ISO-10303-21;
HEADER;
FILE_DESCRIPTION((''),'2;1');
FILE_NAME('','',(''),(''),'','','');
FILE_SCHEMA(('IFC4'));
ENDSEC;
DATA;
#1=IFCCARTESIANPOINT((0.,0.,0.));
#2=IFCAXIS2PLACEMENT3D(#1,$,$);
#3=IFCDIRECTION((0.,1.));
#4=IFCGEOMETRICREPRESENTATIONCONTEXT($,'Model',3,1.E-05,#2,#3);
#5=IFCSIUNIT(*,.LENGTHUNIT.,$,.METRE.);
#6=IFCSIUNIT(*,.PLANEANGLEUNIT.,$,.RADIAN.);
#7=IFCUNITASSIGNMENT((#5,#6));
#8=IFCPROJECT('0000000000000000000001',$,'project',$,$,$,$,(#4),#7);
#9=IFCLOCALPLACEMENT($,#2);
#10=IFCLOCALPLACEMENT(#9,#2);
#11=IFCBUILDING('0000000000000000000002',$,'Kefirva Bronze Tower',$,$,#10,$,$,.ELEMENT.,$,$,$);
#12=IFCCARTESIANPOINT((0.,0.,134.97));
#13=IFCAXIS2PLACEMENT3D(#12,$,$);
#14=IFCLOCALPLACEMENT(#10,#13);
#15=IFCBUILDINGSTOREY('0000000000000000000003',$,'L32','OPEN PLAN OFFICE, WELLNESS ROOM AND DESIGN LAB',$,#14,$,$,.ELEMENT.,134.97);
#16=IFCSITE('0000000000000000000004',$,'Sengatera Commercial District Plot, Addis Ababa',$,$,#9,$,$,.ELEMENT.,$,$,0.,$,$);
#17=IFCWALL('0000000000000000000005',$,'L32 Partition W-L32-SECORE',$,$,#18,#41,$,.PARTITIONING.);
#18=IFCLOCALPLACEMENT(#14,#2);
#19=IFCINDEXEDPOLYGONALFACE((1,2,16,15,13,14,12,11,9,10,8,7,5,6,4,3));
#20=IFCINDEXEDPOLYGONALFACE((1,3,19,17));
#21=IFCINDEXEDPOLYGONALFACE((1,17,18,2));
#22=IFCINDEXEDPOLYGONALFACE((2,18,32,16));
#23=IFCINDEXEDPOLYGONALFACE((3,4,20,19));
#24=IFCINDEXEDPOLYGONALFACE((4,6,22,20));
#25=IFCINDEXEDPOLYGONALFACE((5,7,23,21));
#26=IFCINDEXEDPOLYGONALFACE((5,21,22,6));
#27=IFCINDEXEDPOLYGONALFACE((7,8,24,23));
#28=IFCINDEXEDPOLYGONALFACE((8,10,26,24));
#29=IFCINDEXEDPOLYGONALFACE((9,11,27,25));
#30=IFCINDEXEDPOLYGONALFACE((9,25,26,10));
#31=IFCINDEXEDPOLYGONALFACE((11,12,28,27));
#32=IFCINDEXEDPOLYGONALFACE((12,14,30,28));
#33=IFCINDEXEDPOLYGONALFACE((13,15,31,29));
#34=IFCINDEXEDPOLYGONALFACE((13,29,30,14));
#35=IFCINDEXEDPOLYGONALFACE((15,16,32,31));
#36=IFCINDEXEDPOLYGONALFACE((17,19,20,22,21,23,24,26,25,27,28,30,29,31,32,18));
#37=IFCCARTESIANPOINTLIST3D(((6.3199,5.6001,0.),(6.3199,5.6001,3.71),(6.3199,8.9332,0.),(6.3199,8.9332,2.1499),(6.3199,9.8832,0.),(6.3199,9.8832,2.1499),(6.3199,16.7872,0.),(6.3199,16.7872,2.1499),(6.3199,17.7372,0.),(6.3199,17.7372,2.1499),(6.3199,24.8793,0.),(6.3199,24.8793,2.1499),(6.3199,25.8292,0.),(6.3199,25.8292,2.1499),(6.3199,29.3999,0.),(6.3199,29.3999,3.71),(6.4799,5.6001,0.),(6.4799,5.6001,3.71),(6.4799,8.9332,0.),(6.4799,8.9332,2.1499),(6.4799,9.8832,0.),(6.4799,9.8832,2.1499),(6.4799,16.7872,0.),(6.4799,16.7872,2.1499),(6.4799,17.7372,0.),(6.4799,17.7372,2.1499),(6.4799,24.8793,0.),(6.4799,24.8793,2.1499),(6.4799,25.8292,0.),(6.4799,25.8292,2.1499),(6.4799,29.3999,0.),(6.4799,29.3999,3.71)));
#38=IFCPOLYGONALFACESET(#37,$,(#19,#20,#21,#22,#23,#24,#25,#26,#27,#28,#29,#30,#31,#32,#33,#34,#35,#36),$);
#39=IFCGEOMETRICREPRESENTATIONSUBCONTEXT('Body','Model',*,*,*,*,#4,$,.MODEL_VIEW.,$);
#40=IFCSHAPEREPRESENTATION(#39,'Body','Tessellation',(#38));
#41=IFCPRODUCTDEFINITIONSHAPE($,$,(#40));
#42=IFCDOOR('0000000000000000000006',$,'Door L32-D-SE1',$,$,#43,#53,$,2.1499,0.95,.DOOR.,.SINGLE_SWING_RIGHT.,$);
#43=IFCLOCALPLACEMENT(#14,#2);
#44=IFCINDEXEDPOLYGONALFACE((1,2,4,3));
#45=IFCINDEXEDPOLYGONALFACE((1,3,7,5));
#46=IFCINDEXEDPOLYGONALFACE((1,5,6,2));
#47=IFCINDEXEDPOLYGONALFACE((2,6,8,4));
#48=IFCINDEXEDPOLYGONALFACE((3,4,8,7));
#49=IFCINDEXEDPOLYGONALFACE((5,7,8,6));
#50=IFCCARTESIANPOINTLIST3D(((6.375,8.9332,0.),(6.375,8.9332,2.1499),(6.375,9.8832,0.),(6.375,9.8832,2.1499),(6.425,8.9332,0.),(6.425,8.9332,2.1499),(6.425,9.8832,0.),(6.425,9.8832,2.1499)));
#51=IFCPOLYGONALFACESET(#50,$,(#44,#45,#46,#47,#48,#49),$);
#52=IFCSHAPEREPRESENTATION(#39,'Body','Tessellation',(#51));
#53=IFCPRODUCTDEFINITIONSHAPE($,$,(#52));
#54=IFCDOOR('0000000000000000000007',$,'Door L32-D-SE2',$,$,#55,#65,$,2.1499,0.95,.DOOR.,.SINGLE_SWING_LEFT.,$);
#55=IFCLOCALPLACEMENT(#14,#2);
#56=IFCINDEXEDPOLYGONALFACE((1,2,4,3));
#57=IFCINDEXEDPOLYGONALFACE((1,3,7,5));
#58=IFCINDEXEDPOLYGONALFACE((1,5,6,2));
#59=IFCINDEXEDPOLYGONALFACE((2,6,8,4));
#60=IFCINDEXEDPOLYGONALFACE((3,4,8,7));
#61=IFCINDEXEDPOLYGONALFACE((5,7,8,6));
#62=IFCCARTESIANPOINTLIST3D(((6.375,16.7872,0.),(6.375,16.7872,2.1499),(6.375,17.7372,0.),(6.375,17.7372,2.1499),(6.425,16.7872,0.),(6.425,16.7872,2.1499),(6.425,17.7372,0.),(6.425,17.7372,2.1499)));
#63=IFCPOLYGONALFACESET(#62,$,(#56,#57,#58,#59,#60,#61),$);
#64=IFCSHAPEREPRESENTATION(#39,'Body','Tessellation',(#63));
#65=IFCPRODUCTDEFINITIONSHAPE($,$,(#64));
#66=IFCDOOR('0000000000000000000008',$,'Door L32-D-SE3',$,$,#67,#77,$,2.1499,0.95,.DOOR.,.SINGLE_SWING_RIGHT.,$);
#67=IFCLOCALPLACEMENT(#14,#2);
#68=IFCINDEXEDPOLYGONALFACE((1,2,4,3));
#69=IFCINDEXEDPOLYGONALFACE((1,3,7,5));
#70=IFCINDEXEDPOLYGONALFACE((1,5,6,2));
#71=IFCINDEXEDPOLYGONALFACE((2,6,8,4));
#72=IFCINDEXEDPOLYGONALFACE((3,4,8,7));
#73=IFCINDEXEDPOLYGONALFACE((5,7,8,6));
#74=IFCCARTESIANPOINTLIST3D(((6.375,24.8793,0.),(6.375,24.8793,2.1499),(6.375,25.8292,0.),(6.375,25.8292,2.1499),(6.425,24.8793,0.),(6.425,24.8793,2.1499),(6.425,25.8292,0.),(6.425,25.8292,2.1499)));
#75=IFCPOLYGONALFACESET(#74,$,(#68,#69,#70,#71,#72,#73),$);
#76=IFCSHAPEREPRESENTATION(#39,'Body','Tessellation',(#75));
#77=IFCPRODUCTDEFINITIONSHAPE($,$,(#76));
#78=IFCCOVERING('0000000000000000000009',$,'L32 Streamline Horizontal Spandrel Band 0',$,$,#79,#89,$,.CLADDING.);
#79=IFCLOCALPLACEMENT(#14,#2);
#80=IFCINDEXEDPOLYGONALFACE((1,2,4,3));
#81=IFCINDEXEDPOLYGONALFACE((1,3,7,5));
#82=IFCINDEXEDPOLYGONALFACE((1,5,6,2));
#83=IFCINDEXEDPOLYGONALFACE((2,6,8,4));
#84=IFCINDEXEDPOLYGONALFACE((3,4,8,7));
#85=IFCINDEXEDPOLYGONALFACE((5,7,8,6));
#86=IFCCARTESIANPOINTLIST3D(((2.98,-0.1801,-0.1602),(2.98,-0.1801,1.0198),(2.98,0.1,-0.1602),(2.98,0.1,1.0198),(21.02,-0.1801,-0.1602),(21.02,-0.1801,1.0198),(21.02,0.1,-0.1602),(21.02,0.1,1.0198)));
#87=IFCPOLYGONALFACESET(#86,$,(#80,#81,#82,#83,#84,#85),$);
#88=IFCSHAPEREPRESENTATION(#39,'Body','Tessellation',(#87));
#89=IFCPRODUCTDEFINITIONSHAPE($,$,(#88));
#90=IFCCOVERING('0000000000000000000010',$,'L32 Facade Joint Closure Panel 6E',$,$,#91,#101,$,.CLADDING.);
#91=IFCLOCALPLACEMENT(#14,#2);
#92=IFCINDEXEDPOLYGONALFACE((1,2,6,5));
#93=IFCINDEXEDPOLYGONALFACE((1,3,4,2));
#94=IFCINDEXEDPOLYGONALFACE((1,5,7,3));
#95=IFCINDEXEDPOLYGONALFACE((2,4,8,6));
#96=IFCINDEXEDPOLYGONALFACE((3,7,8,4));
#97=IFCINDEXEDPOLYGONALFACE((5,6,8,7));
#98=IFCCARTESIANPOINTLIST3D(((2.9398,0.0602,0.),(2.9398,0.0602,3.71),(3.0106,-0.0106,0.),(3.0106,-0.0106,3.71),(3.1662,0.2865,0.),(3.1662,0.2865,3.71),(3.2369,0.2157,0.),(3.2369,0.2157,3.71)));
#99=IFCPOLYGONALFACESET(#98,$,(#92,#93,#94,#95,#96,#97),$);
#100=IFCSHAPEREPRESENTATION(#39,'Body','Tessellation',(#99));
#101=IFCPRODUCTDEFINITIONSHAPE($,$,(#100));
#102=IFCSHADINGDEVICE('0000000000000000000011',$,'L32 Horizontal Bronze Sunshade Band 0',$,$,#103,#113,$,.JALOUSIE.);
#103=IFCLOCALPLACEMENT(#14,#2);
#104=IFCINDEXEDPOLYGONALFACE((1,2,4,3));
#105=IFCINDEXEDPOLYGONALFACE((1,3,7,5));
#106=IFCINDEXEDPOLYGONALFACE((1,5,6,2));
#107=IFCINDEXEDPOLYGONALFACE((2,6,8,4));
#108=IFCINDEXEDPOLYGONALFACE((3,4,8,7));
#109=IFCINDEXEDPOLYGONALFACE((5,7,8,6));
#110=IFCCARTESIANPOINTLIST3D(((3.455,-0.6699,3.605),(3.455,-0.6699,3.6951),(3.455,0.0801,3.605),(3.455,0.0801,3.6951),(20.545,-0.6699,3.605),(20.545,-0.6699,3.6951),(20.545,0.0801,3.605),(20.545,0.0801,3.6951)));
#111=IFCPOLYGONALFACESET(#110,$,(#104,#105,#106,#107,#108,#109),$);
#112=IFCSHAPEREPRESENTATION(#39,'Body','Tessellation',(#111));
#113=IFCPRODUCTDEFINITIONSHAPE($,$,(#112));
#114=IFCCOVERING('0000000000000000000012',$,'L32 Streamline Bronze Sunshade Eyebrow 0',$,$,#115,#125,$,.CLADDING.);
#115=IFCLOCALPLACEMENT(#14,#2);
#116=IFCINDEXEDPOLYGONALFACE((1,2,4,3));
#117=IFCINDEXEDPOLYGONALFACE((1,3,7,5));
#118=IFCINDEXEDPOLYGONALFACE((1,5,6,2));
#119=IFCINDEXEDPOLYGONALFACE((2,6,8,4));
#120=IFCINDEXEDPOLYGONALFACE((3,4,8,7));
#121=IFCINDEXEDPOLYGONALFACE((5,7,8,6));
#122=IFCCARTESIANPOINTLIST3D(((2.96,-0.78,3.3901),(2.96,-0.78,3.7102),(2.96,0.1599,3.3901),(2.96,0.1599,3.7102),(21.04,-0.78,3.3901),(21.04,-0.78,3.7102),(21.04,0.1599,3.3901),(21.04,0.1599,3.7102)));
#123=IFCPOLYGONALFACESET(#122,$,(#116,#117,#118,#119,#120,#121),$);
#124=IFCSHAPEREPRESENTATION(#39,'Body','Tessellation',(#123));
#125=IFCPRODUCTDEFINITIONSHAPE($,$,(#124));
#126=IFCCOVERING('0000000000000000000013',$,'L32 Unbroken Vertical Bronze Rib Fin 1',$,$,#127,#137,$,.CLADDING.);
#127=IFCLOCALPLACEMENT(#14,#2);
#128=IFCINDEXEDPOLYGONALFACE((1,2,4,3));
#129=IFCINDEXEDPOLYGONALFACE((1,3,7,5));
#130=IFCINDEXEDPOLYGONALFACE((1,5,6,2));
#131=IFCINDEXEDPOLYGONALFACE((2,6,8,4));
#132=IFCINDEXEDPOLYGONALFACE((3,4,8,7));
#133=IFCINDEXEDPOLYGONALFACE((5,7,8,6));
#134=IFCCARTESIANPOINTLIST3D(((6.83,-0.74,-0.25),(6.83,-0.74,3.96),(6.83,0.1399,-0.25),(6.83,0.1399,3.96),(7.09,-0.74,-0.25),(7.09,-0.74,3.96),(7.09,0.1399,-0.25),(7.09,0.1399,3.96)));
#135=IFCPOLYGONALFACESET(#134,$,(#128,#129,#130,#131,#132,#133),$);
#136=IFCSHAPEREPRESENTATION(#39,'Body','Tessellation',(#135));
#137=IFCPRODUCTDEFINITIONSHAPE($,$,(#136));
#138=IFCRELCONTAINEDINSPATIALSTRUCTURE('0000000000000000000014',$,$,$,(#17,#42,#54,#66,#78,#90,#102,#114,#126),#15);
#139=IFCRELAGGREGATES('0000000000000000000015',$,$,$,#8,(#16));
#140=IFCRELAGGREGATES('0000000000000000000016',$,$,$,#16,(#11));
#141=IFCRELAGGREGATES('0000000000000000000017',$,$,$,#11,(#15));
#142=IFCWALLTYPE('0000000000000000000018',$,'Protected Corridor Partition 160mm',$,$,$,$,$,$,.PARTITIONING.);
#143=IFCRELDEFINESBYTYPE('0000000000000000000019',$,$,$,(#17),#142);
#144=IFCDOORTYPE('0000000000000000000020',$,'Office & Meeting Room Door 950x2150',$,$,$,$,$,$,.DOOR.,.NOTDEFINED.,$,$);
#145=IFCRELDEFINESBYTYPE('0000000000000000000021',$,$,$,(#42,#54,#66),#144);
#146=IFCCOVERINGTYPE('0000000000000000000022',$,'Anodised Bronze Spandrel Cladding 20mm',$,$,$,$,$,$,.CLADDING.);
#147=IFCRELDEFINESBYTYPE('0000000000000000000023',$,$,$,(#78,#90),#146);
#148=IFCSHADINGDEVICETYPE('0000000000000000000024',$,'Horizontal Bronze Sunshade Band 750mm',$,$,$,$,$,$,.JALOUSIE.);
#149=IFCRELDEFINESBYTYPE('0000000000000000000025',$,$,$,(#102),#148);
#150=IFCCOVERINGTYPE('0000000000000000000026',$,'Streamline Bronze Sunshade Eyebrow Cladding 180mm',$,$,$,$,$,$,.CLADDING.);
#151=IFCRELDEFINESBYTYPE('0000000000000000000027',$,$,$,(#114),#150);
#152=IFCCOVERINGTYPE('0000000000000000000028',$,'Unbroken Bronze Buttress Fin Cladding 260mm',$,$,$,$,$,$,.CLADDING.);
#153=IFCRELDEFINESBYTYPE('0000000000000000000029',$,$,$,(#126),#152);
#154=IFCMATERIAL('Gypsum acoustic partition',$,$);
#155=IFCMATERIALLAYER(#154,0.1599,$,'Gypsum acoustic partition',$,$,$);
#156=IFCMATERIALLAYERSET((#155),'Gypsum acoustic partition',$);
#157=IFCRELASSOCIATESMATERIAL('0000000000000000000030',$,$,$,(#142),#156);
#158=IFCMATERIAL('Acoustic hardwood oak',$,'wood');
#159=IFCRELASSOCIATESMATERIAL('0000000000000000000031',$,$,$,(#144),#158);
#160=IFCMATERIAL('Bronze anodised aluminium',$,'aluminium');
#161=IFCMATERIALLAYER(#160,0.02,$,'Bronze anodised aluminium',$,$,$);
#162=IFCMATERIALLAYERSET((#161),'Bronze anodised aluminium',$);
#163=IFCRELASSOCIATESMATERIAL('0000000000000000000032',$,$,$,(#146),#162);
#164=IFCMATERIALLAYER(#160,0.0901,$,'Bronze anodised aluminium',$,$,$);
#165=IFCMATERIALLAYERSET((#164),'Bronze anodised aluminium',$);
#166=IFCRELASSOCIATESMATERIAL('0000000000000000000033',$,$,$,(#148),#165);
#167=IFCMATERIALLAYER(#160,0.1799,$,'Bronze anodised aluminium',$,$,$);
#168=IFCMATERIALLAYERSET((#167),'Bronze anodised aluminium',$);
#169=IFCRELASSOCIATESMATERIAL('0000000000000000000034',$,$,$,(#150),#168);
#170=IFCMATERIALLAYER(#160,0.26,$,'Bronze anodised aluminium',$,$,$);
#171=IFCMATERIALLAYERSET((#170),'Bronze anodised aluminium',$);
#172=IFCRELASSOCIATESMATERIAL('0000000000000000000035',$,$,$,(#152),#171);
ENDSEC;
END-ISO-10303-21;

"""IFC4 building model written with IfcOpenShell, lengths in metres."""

from ifc_helpers import new_model, si_unit, direction, frame, frame_2d, origin, origin_2d, place, context, subcontext, project, spatial, rectangle, extrude, material, layer, layer_set, type_object, element, fill, save


model = new_model("IFC4")

# Units and contexts
model_context = context("Model", 3, precision=1e-05, world=origin(), true_north=direction((0.0, 1.0)))
body_context = subcontext(model_context, "Body", "Model", "MODEL_VIEW")
ifc_project = project(units=[si_unit("LENGTHUNIT", "METRE"), si_unit("PLANEANGLEUNIT", "RADIAN")], contexts=[model_context])

# Site, building, storey
site_placement = place(None, origin())
site = spatial("IfcSite", under=ifc_project, at=site_placement, Name="Sengatera Commercial District Plot, Addis Ababa", CompositionType="ELEMENT", RefElevation=0.0)
building_placement = place(site_placement, origin())
building = spatial("IfcBuilding", under=site, at=building_placement, Name="Kefirva Bronze Tower", CompositionType="ELEMENT")
storey_placement = place(building_placement, frame((0.0, 0.0, 134.97)))
storey = spatial("IfcBuildingStorey", under=building, at=storey_placement, Name="L32", Description="OPEN PLAN OFFICE, WELLNESS ROOM AND DESIGN LAB", CompositionType="ELEMENT", Elevation=134.97)

# Shared definitions
ifc_material_1 = material(Name="Bronze anodised aluminium", Category="aluminium")

# Shared definitions
ifc_material_2 = material(Name="Gypsum acoustic partition")

# Wall, openings, doors
ifc_layer_1 = layer(ifc_material_2, 0.1599, Name="Gypsum acoustic partition")
ifc_layer_set_1 = layer_set([ifc_layer_1], Name="Gypsum acoustic partition")
wall_type_1 = type_object("IfcWallType", Name="Protected Corridor Partition 160mm", PredefinedType="PARTITIONING", material=ifc_layer_set_1)
ifc_material_3 = material(Name="Acoustic hardwood oak", Category="wood")
door_type = type_object("IfcDoorType", Name="Office & Meeting Room Door 950x2150", OperationType="NOTDEFINED", PredefinedType="DOOR", material=ifc_material_3)
wall_1_placement = place(storey_placement, frame((6.3999, 5.6001, 0.0), z_axis=(0.0, 0.0, 1.0), x_axis=(0.0, 1.0, 0.0)))
wall_1 = element("IfcWall", 1, at=wall_1_placement, inside=storey, type_object=wall_type_1, Name="L32 Partition W-L32-SECORE", PredefinedType="PARTITIONING", context=body_context, shape_type="SweptSolid", body=[
    extrude(rectangle(XDim=23.7998, YDim=0.1599, at=frame_2d((11.8999, 0.0))), origin(), (0.0, 0.0, 1.0), 3.71),
])
opening_1_placement = place(wall_1_placement, frame((3.333, 0.0, 0.0)))
opening_1 = element("IfcOpeningElement", 2, at=opening_1_placement, cuts=wall_1, PredefinedType="OPENING", context=body_context, shape_type="SweptSolid", body=[
    extrude(rectangle(XDim=0.95, YDim=2.1499, at=frame_2d((0.4751, 1.075))), frame((0.0, 0.0898, 0.0), z_axis=(0.0, -1.0, 0.0), x_axis=(1.0, 0.0, 0.0)), (0.0, 0.0, 1.0), 0.1799),
])
opening_2_placement = place(wall_1_placement, frame((11.187, 0.0, 0.0)))
opening_2 = element("IfcOpeningElement", 3, at=opening_2_placement, cuts=wall_1, PredefinedType="OPENING", context=body_context, shape_type="SweptSolid", body=[
    extrude(rectangle(XDim=0.95, YDim=2.1499, at=frame_2d((0.4751, 1.075))), frame((0.0, 0.0898, 0.0), z_axis=(0.0, -1.0, 0.0), x_axis=(1.0, 0.0, 0.0)), (0.0, 0.0, 1.0), 0.1799),
])
opening_3_placement = place(wall_1_placement, frame((19.2791, 0.0, 0.0)))
opening_3 = element("IfcOpeningElement", 4, at=opening_3_placement, cuts=wall_1, PredefinedType="OPENING", context=body_context, shape_type="SweptSolid", body=[
    extrude(rectangle(XDim=0.95, YDim=2.1499, at=frame_2d((0.4751, 1.075))), frame((0.0, 0.0898, 0.0), z_axis=(0.0, -1.0, 0.0), x_axis=(1.0, 0.0, 0.0)), (0.0, 0.0, 1.0), 0.1799),
])
door_1_placement = place(opening_1_placement, origin())
door_1 = element("IfcDoor", 5, at=door_1_placement, inside=storey, type_object=door_type, Name="Door L32-D-SE1", OperationType="SINGLE_SWING_RIGHT", OverallHeight=2.1499, OverallWidth=0.95, PredefinedType="DOOR", context=body_context, shape_type="SweptSolid", body=[
    extrude(rectangle(XDim=0.95, YDim=2.1499, at=frame_2d((0.4751, 1.075))), frame((0.0, 0.0249, 0.0), z_axis=(0.0, -1.0, 0.0), x_axis=(1.0, 0.0, 0.0)), (0.0, 0.0, 1.0), 0.05),
])
fill(opening_1, door_1)
door_2_placement = place(opening_2_placement, origin())
door_2 = element("IfcDoor", 6, at=door_2_placement, inside=storey, type_object=door_type, Name="Door L32-D-SE2", OperationType="SINGLE_SWING_LEFT", OverallHeight=2.1499, OverallWidth=0.95, PredefinedType="DOOR", context=body_context, shape_type="SweptSolid", body=[
    extrude(rectangle(XDim=0.95, YDim=2.1499, at=frame_2d((0.4751, 1.075))), frame((0.0, 0.0249, 0.0), z_axis=(0.0, -1.0, 0.0), x_axis=(1.0, 0.0, 0.0)), (0.0, 0.0, 1.0), 0.05),
])
fill(opening_2, door_2)
door_3_placement = place(opening_3_placement, origin())
door_3 = element("IfcDoor", 7, at=door_3_placement, inside=storey, type_object=door_type, Name="Door L32-D-SE3", OperationType="SINGLE_SWING_RIGHT", OverallHeight=2.1499, OverallWidth=0.95, PredefinedType="DOOR", context=body_context, shape_type="SweptSolid", body=[
    extrude(rectangle(XDim=0.95, YDim=2.1499, at=frame_2d((0.4751, 1.075))), frame((0.0, 0.0249, 0.0), z_axis=(0.0, -1.0, 0.0), x_axis=(1.0, 0.0, 0.0)), (0.0, 0.0, 1.0), 0.05),
])
fill(opening_3, door_3)

# Coverings
ifc_layer_2 = layer(ifc_material_1, 0.02, Name="Bronze anodised aluminium")
ifc_layer_set_2 = layer_set([ifc_layer_2], Name="Bronze anodised aluminium")
covering_type_1 = type_object("IfcCoveringType", Name="Anodised Bronze Spandrel Cladding 20mm", PredefinedType="CLADDING", material=ifc_layer_set_2)
covering_1_placement = place(storey_placement, frame((12.0, -0.04, -0.1602), z_axis=(0.0, 0.0, 1.0), x_axis=(1.0, 0.0, 0.0)))
element("IfcCovering", 8, at=covering_1_placement, inside=storey, type_object=covering_type_1, Name="L32 Streamline Horizontal Spandrel Band 0", PredefinedType="CLADDING", context=body_context, shape_type="SweptSolid", body=[
    extrude(rectangle(XDim=18.04, YDim=0.28, at=origin_2d()), origin(), (0.0, 0.0, 1.0), 1.1799),
])
covering_2_placement = place(storey_placement, frame((3.0884, 0.1379, 0.0), z_axis=(0.0, 0.0, 1.0), x_axis=(0.707107, -0.707107, 0.0)))
element("IfcCovering", 9, at=covering_2_placement, inside=storey, type_object=covering_type_1, Name="L32 Facade Joint Closure Panel 6E", PredefinedType="CLADDING", context=body_context, shape_type="SweptSolid", body=[
    extrude(rectangle(XDim=0.1001, YDim=0.3201, at=origin_2d()), origin(), (0.0, 0.0, 1.0), 3.71),
])

# Shading device
ifc_layer_3 = layer(ifc_material_1, 0.0901, Name="Bronze anodised aluminium")
ifc_layer_set_3 = layer_set([ifc_layer_3], Name="Bronze anodised aluminium")
shading_device_type = type_object("IfcShadingDeviceType", Name="Horizontal Bronze Sunshade Band 750mm", PredefinedType="JALOUSIE", material=ifc_layer_set_3)
shading_device_placement = place(storey_placement, frame((12.0, -0.2949, 3.605), z_axis=(0.0, 0.0, 1.0), x_axis=(1.0, 0.0, 0.0)))
element("IfcShadingDevice", 10, at=shading_device_placement, inside=storey, type_object=shading_device_type, Name="L32 Horizontal Bronze Sunshade Band 0", PredefinedType="JALOUSIE", context=body_context, shape_type="SweptSolid", body=[
    extrude(rectangle(XDim=17.0901, YDim=0.75, at=origin_2d()), origin(), (0.0, 0.0, 1.0), 0.0901),
])

# Coverings
ifc_layer_4 = layer(ifc_material_1, 0.1799, Name="Bronze anodised aluminium")
ifc_layer_set_4 = layer_set([ifc_layer_4], Name="Bronze anodised aluminium")
covering_type_2 = type_object("IfcCoveringType", Name="Streamline Bronze Sunshade Eyebrow Cladding 180mm", PredefinedType="CLADDING", material=ifc_layer_set_4)
covering_3_placement = place(storey_placement, frame((12.0, -0.3101, 3.3901), z_axis=(0.0, 0.0, 1.0), x_axis=(1.0, 0.0, 0.0)))
element("IfcCovering", 11, at=covering_3_placement, inside=storey, type_object=covering_type_2, Name="L32 Streamline Bronze Sunshade Eyebrow 0", PredefinedType="CLADDING", context=body_context, shape_type="SweptSolid", body=[
    extrude(rectangle(XDim=18.0801, YDim=0.9399, at=origin_2d()), origin(), (0.0, 0.0, 1.0), 0.3201),
])
ifc_layer_5 = layer(ifc_material_1, 0.26, Name="Bronze anodised aluminium")
ifc_layer_set_5 = layer_set([ifc_layer_5], Name="Bronze anodised aluminium")
covering_type_3 = type_object("IfcCoveringType", Name="Unbroken Bronze Buttress Fin Cladding 260mm", PredefinedType="CLADDING", material=ifc_layer_set_5)
covering_4_placement = place(storey_placement, frame((6.96, -0.3, -0.25), z_axis=(0.0, 0.0, 1.0), x_axis=(1.0, 0.0, 0.0)))
element("IfcCovering", 12, at=covering_4_placement, inside=storey, type_object=covering_type_3, Name="L32 Unbroken Vertical Bronze Rib Fin 1", PredefinedType="CLADDING", context=body_context, shape_type="SweptSolid", body=[
    extrude(rectangle(XDim=0.26, YDim=0.8799, at=origin_2d()), origin(), (0.0, 0.0, 1.0), 4.21),
])

save(model, "model.ifc")
